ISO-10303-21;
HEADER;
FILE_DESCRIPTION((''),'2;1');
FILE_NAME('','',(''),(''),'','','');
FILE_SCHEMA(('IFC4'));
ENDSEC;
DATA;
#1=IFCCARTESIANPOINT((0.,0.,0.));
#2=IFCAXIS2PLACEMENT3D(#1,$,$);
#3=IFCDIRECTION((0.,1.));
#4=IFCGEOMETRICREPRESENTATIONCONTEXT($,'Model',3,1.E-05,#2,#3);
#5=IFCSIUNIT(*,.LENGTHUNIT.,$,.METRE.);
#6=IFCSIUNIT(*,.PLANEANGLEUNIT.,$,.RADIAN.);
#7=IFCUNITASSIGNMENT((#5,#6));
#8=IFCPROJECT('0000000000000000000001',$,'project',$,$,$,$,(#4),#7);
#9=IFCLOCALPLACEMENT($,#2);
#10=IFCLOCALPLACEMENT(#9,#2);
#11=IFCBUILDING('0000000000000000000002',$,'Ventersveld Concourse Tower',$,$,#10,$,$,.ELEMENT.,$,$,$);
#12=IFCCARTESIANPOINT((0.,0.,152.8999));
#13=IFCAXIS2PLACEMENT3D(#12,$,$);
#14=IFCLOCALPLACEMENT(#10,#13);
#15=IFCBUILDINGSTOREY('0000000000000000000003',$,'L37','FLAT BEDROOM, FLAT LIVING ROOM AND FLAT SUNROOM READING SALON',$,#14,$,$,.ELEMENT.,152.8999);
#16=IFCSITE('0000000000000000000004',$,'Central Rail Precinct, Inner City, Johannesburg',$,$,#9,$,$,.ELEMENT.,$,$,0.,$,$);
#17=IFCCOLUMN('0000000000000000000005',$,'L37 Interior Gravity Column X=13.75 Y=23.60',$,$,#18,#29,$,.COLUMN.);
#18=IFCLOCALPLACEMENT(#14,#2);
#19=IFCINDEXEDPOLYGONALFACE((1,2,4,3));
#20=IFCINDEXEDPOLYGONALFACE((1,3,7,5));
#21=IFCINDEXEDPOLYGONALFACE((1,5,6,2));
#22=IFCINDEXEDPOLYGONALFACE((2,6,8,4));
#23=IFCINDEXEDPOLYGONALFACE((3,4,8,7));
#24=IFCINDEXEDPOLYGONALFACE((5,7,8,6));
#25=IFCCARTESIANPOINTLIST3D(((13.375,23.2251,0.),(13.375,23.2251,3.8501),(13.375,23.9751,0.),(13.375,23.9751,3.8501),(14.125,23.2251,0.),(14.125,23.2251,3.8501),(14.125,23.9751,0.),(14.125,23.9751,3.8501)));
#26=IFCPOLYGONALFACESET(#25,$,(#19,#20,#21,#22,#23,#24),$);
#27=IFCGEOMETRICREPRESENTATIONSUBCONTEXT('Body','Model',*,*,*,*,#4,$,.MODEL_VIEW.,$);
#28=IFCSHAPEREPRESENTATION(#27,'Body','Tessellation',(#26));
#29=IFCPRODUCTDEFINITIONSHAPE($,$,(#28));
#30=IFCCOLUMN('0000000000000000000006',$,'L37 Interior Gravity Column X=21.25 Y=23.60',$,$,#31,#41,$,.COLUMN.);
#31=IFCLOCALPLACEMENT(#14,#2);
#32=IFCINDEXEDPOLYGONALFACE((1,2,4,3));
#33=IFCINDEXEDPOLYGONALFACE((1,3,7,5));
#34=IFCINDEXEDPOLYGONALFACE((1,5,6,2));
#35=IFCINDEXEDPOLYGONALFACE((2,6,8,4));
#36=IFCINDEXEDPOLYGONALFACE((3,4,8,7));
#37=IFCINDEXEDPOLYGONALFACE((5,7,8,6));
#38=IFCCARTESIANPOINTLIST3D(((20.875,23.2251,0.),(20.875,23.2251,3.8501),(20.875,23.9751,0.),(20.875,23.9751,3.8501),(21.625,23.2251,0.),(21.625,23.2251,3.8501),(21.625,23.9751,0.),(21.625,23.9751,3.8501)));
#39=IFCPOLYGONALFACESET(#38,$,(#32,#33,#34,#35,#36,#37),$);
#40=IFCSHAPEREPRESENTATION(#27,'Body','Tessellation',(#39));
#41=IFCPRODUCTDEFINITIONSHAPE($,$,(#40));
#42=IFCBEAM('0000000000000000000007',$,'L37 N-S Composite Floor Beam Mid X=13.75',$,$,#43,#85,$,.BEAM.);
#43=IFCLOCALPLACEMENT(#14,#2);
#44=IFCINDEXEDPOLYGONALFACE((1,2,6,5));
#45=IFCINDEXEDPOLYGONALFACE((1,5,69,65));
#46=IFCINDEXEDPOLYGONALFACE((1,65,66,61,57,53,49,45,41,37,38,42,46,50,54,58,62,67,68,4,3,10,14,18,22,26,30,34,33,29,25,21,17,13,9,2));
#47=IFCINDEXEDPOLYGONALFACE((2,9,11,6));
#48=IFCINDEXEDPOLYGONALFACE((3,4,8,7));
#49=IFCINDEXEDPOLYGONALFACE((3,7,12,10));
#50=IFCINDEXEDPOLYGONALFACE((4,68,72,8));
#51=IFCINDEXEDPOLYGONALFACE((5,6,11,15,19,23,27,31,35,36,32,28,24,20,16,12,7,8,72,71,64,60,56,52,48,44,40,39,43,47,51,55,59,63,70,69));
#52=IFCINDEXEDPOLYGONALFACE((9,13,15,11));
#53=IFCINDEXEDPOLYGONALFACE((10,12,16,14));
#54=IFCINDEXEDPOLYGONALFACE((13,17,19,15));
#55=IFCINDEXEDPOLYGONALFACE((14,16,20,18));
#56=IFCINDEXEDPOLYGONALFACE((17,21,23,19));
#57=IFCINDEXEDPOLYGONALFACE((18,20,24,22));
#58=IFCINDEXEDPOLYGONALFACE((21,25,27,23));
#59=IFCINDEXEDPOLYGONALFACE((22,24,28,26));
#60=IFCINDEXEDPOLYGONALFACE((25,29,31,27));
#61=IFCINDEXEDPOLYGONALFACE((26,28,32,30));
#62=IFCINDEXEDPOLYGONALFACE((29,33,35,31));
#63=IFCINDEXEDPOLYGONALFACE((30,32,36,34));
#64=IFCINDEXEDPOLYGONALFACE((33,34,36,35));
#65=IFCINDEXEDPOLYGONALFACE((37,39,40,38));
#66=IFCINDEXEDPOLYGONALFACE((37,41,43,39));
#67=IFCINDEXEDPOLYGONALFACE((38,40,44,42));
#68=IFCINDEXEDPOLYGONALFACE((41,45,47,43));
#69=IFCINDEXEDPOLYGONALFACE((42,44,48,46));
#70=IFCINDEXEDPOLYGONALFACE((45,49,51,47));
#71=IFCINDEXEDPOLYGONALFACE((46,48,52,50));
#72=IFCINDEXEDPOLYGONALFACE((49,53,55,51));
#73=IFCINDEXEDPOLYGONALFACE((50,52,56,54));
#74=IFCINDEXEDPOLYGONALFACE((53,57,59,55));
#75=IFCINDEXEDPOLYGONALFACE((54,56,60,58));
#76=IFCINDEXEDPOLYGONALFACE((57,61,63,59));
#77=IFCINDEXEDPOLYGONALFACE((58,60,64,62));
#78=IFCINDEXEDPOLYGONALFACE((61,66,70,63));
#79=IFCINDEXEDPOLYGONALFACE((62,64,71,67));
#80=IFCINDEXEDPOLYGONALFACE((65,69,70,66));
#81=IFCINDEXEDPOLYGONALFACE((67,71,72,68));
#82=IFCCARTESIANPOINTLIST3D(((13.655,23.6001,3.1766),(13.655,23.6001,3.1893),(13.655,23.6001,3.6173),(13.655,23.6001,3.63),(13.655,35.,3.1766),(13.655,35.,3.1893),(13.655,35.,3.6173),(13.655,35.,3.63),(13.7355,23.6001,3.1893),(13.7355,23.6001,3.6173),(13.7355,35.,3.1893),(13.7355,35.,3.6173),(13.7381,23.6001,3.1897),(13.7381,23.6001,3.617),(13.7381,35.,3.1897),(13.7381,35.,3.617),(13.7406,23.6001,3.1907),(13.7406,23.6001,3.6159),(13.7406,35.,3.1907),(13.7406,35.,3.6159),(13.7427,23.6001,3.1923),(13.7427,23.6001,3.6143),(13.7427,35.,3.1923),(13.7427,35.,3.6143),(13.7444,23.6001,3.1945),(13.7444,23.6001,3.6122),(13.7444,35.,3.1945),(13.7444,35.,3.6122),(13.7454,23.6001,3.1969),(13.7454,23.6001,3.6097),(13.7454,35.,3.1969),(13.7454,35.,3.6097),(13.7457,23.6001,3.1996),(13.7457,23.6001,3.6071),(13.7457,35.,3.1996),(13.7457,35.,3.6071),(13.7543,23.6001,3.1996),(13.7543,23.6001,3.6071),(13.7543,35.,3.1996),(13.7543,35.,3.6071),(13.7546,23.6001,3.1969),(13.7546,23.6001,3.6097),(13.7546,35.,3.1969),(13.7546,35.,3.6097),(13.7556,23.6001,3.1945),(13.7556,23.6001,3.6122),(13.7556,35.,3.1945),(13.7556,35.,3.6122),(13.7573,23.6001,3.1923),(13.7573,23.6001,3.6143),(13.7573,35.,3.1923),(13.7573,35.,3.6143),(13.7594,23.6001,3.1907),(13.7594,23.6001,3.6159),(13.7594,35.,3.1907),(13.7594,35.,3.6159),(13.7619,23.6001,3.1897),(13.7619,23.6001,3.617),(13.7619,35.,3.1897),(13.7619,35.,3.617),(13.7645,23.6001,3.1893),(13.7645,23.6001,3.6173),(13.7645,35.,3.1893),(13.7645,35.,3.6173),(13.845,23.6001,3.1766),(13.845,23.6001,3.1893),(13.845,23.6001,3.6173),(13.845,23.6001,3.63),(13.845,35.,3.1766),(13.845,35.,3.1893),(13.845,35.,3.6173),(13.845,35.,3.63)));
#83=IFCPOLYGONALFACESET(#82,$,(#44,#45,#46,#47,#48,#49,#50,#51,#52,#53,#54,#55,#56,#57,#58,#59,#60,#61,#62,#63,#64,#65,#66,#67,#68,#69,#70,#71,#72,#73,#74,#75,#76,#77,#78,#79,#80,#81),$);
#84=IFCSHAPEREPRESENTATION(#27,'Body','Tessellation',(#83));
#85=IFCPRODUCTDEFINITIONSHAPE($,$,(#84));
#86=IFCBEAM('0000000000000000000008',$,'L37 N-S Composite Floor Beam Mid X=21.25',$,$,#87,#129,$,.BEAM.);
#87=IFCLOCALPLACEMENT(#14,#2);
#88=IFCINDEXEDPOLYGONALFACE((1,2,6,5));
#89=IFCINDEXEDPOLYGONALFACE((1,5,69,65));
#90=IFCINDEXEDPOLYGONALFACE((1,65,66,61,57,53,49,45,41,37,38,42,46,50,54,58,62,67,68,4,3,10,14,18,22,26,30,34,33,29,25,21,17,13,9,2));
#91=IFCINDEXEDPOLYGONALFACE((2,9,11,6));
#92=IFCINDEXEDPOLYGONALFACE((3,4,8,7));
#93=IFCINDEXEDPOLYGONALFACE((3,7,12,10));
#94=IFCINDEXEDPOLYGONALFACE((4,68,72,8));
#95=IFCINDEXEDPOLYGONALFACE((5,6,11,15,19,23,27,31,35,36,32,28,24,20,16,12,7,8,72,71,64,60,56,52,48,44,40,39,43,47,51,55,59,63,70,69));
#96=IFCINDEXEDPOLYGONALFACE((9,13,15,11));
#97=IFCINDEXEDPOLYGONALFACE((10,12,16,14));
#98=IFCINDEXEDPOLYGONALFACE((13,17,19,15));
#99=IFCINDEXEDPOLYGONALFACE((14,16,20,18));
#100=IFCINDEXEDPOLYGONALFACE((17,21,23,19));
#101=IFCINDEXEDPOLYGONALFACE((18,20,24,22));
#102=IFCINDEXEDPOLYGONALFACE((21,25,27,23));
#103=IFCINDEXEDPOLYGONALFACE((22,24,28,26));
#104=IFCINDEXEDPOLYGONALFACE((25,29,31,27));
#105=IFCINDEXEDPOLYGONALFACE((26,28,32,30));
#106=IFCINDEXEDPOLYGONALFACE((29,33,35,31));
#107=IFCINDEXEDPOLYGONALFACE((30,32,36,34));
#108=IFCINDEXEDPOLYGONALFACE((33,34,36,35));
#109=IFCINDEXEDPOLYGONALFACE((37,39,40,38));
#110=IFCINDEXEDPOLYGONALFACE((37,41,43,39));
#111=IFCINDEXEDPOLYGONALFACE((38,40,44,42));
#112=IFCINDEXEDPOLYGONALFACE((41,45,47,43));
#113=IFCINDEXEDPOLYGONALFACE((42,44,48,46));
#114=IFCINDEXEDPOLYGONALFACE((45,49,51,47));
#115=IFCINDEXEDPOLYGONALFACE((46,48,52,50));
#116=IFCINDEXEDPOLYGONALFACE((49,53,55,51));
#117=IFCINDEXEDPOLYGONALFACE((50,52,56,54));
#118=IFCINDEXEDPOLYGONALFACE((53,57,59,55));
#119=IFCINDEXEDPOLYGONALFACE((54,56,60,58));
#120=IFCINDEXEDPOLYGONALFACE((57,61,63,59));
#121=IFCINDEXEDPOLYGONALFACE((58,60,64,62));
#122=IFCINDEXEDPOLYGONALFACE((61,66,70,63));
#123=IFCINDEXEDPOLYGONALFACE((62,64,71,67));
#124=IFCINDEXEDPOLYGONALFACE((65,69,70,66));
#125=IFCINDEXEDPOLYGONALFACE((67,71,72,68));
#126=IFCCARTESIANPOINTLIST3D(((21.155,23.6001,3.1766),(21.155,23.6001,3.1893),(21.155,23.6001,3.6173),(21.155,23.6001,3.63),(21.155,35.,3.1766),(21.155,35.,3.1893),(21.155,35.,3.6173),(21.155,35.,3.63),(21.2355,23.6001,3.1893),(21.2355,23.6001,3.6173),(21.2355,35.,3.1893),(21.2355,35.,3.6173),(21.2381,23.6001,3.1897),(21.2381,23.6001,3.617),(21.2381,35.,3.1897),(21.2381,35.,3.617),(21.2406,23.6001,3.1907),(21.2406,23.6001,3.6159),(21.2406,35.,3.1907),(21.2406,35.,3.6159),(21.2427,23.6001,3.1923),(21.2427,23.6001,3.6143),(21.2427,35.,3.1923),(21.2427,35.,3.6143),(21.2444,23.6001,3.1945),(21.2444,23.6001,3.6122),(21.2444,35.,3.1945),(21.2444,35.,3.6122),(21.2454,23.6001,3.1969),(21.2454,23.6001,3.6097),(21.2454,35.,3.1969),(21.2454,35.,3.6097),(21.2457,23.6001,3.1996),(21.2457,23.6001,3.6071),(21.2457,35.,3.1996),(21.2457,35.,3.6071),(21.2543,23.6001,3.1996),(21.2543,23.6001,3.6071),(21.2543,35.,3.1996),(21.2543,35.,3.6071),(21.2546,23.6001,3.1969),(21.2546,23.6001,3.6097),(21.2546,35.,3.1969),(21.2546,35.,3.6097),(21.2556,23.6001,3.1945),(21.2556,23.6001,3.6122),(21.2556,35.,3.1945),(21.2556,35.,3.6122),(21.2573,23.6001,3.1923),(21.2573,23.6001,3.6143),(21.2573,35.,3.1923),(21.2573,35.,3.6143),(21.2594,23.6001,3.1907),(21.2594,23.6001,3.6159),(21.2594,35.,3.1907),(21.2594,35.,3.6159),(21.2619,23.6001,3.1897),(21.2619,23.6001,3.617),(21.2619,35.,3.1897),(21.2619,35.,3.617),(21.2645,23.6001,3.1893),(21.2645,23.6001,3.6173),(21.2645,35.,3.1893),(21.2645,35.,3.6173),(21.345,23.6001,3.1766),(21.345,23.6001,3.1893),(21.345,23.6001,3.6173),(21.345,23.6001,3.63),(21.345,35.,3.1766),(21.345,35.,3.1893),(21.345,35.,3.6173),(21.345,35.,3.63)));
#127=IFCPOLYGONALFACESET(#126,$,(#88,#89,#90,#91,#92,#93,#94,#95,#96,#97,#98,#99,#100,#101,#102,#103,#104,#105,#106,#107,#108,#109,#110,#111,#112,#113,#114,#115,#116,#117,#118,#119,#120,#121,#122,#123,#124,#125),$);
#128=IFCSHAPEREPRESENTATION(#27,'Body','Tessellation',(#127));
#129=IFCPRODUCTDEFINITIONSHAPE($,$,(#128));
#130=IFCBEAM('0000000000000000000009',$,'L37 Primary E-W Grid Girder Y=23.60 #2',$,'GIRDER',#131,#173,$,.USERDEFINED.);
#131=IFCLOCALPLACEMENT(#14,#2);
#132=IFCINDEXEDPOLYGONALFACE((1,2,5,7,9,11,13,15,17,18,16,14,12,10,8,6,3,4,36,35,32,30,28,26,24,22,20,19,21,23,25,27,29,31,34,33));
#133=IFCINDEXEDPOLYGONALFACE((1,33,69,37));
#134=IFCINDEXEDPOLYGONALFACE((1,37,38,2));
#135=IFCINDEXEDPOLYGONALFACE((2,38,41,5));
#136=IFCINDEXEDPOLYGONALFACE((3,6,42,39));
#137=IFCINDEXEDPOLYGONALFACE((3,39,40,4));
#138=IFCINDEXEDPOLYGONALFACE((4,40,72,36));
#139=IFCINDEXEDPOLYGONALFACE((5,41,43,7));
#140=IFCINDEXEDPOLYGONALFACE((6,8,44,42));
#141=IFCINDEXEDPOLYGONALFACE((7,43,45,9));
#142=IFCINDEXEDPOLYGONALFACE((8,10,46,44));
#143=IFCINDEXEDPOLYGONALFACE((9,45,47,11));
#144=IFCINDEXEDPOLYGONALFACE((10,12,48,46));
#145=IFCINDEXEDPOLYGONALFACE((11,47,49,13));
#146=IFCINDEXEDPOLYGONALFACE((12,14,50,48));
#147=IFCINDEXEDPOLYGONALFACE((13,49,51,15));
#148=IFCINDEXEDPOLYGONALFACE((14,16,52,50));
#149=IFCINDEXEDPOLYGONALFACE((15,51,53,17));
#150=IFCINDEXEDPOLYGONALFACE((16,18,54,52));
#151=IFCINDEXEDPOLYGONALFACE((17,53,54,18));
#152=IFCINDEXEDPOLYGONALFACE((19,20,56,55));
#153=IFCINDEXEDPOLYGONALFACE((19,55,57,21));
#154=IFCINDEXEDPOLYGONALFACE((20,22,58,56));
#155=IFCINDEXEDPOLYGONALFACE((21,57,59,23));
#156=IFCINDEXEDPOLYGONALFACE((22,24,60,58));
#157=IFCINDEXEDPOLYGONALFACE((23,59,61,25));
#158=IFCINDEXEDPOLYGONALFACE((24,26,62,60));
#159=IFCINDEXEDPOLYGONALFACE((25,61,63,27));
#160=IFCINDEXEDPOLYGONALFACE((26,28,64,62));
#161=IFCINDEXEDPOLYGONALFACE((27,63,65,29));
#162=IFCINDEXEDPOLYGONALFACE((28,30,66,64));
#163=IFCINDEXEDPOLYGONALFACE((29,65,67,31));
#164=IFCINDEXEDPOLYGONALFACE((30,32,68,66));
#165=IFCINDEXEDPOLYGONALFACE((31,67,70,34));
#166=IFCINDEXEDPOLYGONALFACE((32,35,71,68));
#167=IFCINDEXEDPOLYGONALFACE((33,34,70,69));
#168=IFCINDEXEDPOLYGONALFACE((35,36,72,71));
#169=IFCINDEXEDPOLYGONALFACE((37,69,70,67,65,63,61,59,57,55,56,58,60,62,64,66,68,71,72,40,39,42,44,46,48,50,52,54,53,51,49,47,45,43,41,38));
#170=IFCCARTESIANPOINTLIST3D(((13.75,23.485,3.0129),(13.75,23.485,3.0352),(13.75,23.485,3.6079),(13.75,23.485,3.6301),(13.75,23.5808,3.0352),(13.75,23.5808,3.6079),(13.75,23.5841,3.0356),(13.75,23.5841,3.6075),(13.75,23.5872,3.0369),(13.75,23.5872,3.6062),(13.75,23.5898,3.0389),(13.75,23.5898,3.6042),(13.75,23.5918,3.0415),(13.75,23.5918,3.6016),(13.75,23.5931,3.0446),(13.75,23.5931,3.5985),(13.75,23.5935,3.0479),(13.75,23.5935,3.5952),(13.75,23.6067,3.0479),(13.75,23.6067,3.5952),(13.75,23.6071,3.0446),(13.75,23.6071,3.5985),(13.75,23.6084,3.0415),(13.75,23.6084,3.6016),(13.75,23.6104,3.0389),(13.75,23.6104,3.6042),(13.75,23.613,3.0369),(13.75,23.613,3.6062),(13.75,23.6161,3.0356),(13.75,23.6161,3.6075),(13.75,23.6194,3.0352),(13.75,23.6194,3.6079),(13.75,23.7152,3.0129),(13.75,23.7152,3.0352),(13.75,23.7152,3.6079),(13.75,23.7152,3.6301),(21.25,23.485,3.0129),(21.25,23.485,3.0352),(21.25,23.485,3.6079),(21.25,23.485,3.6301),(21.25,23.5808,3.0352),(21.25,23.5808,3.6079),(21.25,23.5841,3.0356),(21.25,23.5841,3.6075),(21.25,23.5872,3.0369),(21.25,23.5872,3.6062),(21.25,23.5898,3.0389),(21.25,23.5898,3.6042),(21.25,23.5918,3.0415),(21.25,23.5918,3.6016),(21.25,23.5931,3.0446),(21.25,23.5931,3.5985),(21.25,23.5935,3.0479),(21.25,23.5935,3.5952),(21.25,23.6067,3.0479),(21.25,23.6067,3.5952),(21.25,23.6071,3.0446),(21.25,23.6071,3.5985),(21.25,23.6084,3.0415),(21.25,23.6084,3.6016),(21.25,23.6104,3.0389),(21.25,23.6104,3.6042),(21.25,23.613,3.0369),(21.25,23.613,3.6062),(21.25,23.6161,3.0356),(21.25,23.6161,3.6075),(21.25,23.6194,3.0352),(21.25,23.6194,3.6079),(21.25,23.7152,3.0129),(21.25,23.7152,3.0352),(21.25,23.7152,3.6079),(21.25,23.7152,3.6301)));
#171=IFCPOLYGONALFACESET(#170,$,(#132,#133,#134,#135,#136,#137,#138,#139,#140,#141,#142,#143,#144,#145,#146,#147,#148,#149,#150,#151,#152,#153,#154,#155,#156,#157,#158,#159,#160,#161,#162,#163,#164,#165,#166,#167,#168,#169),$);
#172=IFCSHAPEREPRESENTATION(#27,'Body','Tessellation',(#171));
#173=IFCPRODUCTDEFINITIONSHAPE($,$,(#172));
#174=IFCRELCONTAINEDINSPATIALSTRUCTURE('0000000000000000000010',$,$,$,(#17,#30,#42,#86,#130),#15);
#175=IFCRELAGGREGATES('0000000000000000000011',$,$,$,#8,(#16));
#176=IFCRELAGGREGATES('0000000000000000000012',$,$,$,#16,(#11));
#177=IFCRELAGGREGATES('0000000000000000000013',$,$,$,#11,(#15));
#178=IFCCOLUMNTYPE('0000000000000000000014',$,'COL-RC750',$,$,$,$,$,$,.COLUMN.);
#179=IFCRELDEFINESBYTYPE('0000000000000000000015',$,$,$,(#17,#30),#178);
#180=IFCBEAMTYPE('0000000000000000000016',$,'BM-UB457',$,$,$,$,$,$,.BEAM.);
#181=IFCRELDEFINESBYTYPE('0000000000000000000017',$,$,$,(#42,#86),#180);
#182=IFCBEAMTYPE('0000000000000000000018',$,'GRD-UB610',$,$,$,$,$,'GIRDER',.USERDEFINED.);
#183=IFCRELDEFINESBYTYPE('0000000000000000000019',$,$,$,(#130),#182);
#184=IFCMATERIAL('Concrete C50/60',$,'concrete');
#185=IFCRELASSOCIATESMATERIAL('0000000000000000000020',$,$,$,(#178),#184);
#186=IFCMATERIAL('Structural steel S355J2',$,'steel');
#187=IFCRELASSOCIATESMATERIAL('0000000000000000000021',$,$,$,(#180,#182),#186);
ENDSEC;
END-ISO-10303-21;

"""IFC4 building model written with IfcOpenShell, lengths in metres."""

from ifc_helpers import new_model, si_unit, direction, frame, origin, origin_2d, place, context, subcontext, project, spatial, rectangle, i_section, extrude, material, material_profile, profile_set, type_object, element, save


model = new_model("IFC4")

# Units and contexts
model_context = context("Model", 3, precision=1e-05, world=origin(), true_north=direction((0.0, 1.0)))
body_context = subcontext(model_context, "Body", "Model", "MODEL_VIEW")
ifc_project = project(units=[si_unit("LENGTHUNIT", "METRE"), si_unit("PLANEANGLEUNIT", "RADIAN")], contexts=[model_context])

# Site, building, storey
site_placement = place(None, origin())
site = spatial("IfcSite", under=ifc_project, at=site_placement, Name="Central Rail Precinct, Inner City, Johannesburg", CompositionType="ELEMENT", RefElevation=0.0)
building_placement = place(site_placement, origin())
building = spatial("IfcBuilding", under=site, at=building_placement, Name="Ventersveld Concourse Tower", CompositionType="ELEMENT")
storey_placement = place(building_placement, frame((0.0, 0.0, 152.8999)))
storey = spatial("IfcBuildingStorey", under=building, at=storey_placement, Name="L37", Description="FLAT BEDROOM, FLAT LIVING ROOM AND FLAT SUNROOM READING SALON", CompositionType="ELEMENT", Elevation=152.8999)

# Columns
ifc_material_1 = material(Name="Concrete C50/60", Category="concrete")
ifc_material_profile_1 = material_profile(ifc_material_1, rectangle(XDim=0.75, YDim=0.75, at=origin_2d()), Name="RC 750x750")
ifc_profile_set_1 = profile_set([ifc_material_profile_1], Name="Concrete C50/60")
column_type = type_object("IfcColumnType", Name="COL-RC750", PredefinedType="COLUMN", material=ifc_profile_set_1)
for number, where, z_axis, x_axis, name in (
    (1, (13.75, 23.6001, 0.0), (0.0, 0.0, 1.0), (1.0, 0.0, 0.0), "L37 Interior Gravity Column X=13.75 Y=23.60"),
    (2, (21.25, 23.6001, 0.0), (0.0, 0.0, 1.0), (1.0, 0.0, 0.0), "L37 Interior Gravity Column X=21.25 Y=23.60"),
):
    element("IfcColumn", number, at=place(storey_placement, frame(where, z_axis=z_axis, x_axis=x_axis)), inside=storey, type_object=column_type, Name=name, PredefinedType="COLUMN", context=body_context, shape_type="SweptSolid", body=[
        extrude(rectangle(XDim=0.75, YDim=0.75, at=origin_2d()), origin(), (0.0, 0.0, 1.0), 3.8501),
    ])

# Beams
ifc_material_2 = material(Name="Structural steel S355J2", Category="steel")
ifc_material_profile_2 = material_profile(ifc_material_2, i_section(OverallWidth=0.1899, OverallDepth=0.4534, WebThickness=0.0085, FlangeThickness=0.0127, FilletRadius=0.0103, at=origin_2d()), Name="UB 457x191x67")
ifc_profile_set_2 = profile_set([ifc_material_profile_2], Name="Structural steel S355J2")
beam_type_1 = type_object("IfcBeamType", Name="BM-UB457", PredefinedType="BEAM", material=ifc_profile_set_2)
for number, where, z_axis, x_axis, name in (
    (3, (13.75, 23.6001, 3.4033), (0.0, 1.0, 0.0), (-1.0, 0.0, 0.0), "L37 N-S Composite Floor Beam Mid X=13.75"),
    (4, (21.25, 23.6001, 3.4033), (0.0, 1.0, 0.0), (-1.0, 0.0, 0.0), "L37 N-S Composite Floor Beam Mid X=21.25"),
):
    element("IfcBeam", number, at=place(storey_placement, frame(where, z_axis=z_axis, x_axis=x_axis)), inside=storey, type_object=beam_type_1, Name=name, PredefinedType="BEAM", context=body_context, shape_type="SweptSolid", body=[
        extrude(i_section(OverallWidth=0.1899, OverallDepth=0.4534, WebThickness=0.0085, FlangeThickness=0.0127, FilletRadius=0.0103, at=origin_2d()), origin(), (0.0, 0.0, 1.0), 11.3999),
    ])
ifc_material_profile_3 = material_profile(ifc_material_2, i_section(OverallWidth=0.2302, OverallDepth=0.6172, WebThickness=0.0132, FlangeThickness=0.0222, FilletRadius=0.0127, at=origin_2d()), Name="UB 610x229x140")
ifc_profile_set_3 = profile_set([ifc_material_profile_3], Name="Structural steel S355J2")
beam_type_2 = type_object("IfcBeamType", Name="GRD-UB610", ElementType="GIRDER", PredefinedType="USERDEFINED", material=ifc_profile_set_3)
for number, where, z_axis, x_axis, name in (
    (5, (13.75, 23.6001, 3.3215), (1.0, 0.0, 0.0), (0.0, 1.0, 0.0), "L37 Primary E-W Grid Girder Y=23.60 #2"),
):
    element("IfcBeam", number, at=place(storey_placement, frame(where, z_axis=z_axis, x_axis=x_axis)), inside=storey, type_object=beam_type_2, Name=name, ObjectType="GIRDER", PredefinedType="USERDEFINED", context=body_context, shape_type="SweptSolid", body=[
        extrude(i_section(OverallWidth=0.2302, OverallDepth=0.6172, WebThickness=0.0132, FlangeThickness=0.0222, FilletRadius=0.0127, at=origin_2d()), origin(), (0.0, 0.0, 1.0), 7.5),
    ])

save(model, "model.ifc")
